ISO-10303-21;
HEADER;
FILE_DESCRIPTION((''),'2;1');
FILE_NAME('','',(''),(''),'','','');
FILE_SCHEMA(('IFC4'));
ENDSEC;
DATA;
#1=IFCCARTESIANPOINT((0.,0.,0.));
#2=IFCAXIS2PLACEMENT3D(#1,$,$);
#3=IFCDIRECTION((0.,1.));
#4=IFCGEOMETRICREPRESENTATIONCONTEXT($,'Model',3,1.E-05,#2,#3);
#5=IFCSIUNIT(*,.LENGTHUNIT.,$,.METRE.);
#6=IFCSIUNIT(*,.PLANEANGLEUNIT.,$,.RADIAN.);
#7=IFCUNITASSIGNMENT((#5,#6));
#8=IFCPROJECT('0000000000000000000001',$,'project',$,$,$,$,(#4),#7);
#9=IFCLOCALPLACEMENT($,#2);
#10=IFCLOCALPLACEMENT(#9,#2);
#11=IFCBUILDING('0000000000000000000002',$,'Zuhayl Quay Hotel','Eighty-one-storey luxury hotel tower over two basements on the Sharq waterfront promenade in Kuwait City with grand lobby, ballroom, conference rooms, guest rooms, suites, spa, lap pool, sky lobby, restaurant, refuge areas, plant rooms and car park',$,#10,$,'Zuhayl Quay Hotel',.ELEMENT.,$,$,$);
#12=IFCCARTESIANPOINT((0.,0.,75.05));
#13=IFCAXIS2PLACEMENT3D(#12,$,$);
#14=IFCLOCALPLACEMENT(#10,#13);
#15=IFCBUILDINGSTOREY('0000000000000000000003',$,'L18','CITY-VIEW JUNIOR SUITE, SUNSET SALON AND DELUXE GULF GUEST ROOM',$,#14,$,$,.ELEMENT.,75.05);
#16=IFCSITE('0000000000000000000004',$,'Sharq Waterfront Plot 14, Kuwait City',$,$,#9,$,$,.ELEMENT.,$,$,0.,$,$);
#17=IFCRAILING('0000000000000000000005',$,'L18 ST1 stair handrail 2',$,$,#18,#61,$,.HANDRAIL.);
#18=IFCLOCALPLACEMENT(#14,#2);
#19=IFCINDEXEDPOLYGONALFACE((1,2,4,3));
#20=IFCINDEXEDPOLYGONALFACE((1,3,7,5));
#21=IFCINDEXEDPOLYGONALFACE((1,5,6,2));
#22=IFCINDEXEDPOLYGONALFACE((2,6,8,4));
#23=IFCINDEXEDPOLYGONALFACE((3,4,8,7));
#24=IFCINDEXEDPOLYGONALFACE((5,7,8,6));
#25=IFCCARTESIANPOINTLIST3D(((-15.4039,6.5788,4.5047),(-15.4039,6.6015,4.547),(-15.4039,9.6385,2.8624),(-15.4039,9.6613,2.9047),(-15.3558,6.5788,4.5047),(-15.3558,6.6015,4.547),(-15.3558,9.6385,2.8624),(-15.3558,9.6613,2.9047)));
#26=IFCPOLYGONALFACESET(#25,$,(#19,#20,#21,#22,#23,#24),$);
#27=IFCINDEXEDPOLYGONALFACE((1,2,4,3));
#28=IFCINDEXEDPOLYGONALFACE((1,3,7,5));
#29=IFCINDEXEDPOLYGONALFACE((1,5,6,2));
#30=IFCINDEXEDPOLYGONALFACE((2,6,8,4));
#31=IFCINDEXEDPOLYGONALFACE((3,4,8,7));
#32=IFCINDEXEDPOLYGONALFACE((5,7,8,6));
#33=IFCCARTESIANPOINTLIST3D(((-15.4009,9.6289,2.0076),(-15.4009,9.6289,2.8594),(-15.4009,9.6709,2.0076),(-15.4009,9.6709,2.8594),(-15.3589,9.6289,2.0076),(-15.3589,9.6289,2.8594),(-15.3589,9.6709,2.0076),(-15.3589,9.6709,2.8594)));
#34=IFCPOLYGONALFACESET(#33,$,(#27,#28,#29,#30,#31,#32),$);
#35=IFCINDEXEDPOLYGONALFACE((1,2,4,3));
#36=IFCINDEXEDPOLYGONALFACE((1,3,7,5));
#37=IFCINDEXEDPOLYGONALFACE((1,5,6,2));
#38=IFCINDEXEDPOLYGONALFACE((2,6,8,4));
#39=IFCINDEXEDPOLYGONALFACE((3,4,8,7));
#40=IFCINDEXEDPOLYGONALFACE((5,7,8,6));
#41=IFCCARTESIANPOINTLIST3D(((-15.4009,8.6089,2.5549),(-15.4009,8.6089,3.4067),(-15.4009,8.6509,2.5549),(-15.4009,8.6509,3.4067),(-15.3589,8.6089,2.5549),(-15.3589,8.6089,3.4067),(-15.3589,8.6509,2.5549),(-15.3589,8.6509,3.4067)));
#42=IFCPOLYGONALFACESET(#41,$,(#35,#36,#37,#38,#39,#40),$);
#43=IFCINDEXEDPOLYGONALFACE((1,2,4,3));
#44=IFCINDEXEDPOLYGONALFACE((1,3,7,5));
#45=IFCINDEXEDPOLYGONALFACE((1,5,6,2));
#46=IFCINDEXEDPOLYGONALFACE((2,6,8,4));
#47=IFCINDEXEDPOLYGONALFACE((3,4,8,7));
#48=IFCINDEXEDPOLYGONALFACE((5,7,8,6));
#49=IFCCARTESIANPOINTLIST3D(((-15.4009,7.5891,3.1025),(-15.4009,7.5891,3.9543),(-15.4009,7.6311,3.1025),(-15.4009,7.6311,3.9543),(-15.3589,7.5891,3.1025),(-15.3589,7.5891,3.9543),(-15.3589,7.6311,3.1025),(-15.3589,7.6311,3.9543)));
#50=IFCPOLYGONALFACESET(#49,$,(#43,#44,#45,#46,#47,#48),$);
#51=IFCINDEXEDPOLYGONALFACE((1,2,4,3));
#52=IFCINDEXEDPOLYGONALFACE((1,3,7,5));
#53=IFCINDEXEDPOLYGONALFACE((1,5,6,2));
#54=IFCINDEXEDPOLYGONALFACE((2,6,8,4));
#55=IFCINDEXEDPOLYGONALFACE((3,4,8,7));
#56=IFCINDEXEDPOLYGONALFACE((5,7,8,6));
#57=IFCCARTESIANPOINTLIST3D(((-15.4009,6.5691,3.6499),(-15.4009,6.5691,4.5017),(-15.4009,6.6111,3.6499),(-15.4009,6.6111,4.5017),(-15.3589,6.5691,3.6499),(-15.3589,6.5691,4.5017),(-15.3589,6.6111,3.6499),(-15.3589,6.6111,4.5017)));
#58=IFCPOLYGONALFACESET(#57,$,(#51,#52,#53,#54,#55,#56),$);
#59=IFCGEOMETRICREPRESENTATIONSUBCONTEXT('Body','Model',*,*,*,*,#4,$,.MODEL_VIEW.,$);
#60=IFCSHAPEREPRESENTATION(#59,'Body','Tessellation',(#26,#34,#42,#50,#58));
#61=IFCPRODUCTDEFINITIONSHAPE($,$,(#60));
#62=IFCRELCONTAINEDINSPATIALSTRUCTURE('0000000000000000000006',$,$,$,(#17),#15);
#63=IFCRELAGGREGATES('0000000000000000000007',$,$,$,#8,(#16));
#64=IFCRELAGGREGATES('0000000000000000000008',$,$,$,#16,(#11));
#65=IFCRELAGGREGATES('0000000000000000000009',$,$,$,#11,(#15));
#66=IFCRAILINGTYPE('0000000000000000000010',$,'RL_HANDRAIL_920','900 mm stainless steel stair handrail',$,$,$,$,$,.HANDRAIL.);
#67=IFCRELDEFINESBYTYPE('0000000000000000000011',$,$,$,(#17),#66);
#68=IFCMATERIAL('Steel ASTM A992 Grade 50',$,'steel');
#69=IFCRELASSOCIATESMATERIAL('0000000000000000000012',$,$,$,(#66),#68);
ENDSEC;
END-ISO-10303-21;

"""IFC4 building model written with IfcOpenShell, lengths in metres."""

from ifc_helpers import new_model, si_unit, direction, frame, origin, origin_2d, place, context, subcontext, project, spatial, rectangle, extrude, material, type_object, element, save


model = new_model("IFC4")

# Units and contexts
model_context = context("Model", 3, precision=1e-05, world=origin(), true_north=direction((0.0, 1.0)))
body_context = subcontext(model_context, "Body", "Model", "MODEL_VIEW")
ifc_project = project(units=[si_unit("LENGTHUNIT", "METRE"), si_unit("PLANEANGLEUNIT", "RADIAN")], contexts=[model_context])

# Site, building, storey
site_placement = place(None, origin())
site = spatial("IfcSite", under=ifc_project, at=site_placement, Name="Sharq Waterfront Plot 14, Kuwait City", CompositionType="ELEMENT", RefElevation=0.0)
building_placement = place(site_placement, origin())
building = spatial("IfcBuilding", under=site, at=building_placement, Name="Zuhayl Quay Hotel", Description="Eighty-one-storey luxury hotel tower over two basements on the Sharq waterfront promenade in Kuwait City with grand lobby, ballroom, conference rooms, guest rooms, suites, spa, lap pool, sky lobby, restaurant, refuge areas, plant rooms and car park", LongName="Zuhayl Quay Hotel", CompositionType="ELEMENT")
storey_placement = place(building_placement, frame((0.0, 0.0, 75.05)))
storey = spatial("IfcBuildingStorey", under=building, at=storey_placement, Name="L18", Description="CITY-VIEW JUNIOR SUITE, SUNSET SALON AND DELUXE GULF GUEST ROOM", CompositionType="ELEMENT", Elevation=75.05)

# Shared definitions
ifc_material_1 = material(Name="Steel ASTM A992 Grade 50", Category="steel")

# Railing
railing_type_1 = type_object("IfcRailingType", Name="RL_HANDRAIL_920", Description="900 mm stainless steel stair handrail", PredefinedType="HANDRAIL", material=ifc_material_1)
railing_1_placement = place(storey_placement, frame((-15.3799, 9.6499, 2.0076)))
element("IfcRailing", 1, at=railing_1_placement, inside=storey, type_object=railing_type_1, Name="L18 ST1 stair handrail 2", PredefinedType="HANDRAIL", context=body_context, shape_type="SweptSolid", body=[
    extrude(rectangle(XDim=0.0481, YDim=0.0481, at=origin_2d()), frame((0.0, 0.0, 0.876), z_axis=(0.0, -0.881102, 0.472926), x_axis=(1.0, 0.0, 0.0)), (0.0, 0.0, 1.0), 3.4727),
    extrude(rectangle(XDim=0.042, YDim=0.042, at=origin_2d()), origin(), (0.0, 0.0, 1.0), 0.8518),
    extrude(rectangle(XDim=0.042, YDim=0.042, at=origin_2d()), frame((0.0, -1.02, 0.5474)), (0.0, 0.0, 1.0), 0.8518),
    extrude(rectangle(XDim=0.042, YDim=0.042, at=origin_2d()), frame((0.0, -2.0398, 1.095)), (0.0, 0.0, 1.0), 0.8518),
    extrude(rectangle(XDim=0.042, YDim=0.042, at=origin_2d()), frame((0.0, -3.0598, 1.6423)), (0.0, 0.0, 1.0), 0.8518),
])

save(model, "model.ifc")
